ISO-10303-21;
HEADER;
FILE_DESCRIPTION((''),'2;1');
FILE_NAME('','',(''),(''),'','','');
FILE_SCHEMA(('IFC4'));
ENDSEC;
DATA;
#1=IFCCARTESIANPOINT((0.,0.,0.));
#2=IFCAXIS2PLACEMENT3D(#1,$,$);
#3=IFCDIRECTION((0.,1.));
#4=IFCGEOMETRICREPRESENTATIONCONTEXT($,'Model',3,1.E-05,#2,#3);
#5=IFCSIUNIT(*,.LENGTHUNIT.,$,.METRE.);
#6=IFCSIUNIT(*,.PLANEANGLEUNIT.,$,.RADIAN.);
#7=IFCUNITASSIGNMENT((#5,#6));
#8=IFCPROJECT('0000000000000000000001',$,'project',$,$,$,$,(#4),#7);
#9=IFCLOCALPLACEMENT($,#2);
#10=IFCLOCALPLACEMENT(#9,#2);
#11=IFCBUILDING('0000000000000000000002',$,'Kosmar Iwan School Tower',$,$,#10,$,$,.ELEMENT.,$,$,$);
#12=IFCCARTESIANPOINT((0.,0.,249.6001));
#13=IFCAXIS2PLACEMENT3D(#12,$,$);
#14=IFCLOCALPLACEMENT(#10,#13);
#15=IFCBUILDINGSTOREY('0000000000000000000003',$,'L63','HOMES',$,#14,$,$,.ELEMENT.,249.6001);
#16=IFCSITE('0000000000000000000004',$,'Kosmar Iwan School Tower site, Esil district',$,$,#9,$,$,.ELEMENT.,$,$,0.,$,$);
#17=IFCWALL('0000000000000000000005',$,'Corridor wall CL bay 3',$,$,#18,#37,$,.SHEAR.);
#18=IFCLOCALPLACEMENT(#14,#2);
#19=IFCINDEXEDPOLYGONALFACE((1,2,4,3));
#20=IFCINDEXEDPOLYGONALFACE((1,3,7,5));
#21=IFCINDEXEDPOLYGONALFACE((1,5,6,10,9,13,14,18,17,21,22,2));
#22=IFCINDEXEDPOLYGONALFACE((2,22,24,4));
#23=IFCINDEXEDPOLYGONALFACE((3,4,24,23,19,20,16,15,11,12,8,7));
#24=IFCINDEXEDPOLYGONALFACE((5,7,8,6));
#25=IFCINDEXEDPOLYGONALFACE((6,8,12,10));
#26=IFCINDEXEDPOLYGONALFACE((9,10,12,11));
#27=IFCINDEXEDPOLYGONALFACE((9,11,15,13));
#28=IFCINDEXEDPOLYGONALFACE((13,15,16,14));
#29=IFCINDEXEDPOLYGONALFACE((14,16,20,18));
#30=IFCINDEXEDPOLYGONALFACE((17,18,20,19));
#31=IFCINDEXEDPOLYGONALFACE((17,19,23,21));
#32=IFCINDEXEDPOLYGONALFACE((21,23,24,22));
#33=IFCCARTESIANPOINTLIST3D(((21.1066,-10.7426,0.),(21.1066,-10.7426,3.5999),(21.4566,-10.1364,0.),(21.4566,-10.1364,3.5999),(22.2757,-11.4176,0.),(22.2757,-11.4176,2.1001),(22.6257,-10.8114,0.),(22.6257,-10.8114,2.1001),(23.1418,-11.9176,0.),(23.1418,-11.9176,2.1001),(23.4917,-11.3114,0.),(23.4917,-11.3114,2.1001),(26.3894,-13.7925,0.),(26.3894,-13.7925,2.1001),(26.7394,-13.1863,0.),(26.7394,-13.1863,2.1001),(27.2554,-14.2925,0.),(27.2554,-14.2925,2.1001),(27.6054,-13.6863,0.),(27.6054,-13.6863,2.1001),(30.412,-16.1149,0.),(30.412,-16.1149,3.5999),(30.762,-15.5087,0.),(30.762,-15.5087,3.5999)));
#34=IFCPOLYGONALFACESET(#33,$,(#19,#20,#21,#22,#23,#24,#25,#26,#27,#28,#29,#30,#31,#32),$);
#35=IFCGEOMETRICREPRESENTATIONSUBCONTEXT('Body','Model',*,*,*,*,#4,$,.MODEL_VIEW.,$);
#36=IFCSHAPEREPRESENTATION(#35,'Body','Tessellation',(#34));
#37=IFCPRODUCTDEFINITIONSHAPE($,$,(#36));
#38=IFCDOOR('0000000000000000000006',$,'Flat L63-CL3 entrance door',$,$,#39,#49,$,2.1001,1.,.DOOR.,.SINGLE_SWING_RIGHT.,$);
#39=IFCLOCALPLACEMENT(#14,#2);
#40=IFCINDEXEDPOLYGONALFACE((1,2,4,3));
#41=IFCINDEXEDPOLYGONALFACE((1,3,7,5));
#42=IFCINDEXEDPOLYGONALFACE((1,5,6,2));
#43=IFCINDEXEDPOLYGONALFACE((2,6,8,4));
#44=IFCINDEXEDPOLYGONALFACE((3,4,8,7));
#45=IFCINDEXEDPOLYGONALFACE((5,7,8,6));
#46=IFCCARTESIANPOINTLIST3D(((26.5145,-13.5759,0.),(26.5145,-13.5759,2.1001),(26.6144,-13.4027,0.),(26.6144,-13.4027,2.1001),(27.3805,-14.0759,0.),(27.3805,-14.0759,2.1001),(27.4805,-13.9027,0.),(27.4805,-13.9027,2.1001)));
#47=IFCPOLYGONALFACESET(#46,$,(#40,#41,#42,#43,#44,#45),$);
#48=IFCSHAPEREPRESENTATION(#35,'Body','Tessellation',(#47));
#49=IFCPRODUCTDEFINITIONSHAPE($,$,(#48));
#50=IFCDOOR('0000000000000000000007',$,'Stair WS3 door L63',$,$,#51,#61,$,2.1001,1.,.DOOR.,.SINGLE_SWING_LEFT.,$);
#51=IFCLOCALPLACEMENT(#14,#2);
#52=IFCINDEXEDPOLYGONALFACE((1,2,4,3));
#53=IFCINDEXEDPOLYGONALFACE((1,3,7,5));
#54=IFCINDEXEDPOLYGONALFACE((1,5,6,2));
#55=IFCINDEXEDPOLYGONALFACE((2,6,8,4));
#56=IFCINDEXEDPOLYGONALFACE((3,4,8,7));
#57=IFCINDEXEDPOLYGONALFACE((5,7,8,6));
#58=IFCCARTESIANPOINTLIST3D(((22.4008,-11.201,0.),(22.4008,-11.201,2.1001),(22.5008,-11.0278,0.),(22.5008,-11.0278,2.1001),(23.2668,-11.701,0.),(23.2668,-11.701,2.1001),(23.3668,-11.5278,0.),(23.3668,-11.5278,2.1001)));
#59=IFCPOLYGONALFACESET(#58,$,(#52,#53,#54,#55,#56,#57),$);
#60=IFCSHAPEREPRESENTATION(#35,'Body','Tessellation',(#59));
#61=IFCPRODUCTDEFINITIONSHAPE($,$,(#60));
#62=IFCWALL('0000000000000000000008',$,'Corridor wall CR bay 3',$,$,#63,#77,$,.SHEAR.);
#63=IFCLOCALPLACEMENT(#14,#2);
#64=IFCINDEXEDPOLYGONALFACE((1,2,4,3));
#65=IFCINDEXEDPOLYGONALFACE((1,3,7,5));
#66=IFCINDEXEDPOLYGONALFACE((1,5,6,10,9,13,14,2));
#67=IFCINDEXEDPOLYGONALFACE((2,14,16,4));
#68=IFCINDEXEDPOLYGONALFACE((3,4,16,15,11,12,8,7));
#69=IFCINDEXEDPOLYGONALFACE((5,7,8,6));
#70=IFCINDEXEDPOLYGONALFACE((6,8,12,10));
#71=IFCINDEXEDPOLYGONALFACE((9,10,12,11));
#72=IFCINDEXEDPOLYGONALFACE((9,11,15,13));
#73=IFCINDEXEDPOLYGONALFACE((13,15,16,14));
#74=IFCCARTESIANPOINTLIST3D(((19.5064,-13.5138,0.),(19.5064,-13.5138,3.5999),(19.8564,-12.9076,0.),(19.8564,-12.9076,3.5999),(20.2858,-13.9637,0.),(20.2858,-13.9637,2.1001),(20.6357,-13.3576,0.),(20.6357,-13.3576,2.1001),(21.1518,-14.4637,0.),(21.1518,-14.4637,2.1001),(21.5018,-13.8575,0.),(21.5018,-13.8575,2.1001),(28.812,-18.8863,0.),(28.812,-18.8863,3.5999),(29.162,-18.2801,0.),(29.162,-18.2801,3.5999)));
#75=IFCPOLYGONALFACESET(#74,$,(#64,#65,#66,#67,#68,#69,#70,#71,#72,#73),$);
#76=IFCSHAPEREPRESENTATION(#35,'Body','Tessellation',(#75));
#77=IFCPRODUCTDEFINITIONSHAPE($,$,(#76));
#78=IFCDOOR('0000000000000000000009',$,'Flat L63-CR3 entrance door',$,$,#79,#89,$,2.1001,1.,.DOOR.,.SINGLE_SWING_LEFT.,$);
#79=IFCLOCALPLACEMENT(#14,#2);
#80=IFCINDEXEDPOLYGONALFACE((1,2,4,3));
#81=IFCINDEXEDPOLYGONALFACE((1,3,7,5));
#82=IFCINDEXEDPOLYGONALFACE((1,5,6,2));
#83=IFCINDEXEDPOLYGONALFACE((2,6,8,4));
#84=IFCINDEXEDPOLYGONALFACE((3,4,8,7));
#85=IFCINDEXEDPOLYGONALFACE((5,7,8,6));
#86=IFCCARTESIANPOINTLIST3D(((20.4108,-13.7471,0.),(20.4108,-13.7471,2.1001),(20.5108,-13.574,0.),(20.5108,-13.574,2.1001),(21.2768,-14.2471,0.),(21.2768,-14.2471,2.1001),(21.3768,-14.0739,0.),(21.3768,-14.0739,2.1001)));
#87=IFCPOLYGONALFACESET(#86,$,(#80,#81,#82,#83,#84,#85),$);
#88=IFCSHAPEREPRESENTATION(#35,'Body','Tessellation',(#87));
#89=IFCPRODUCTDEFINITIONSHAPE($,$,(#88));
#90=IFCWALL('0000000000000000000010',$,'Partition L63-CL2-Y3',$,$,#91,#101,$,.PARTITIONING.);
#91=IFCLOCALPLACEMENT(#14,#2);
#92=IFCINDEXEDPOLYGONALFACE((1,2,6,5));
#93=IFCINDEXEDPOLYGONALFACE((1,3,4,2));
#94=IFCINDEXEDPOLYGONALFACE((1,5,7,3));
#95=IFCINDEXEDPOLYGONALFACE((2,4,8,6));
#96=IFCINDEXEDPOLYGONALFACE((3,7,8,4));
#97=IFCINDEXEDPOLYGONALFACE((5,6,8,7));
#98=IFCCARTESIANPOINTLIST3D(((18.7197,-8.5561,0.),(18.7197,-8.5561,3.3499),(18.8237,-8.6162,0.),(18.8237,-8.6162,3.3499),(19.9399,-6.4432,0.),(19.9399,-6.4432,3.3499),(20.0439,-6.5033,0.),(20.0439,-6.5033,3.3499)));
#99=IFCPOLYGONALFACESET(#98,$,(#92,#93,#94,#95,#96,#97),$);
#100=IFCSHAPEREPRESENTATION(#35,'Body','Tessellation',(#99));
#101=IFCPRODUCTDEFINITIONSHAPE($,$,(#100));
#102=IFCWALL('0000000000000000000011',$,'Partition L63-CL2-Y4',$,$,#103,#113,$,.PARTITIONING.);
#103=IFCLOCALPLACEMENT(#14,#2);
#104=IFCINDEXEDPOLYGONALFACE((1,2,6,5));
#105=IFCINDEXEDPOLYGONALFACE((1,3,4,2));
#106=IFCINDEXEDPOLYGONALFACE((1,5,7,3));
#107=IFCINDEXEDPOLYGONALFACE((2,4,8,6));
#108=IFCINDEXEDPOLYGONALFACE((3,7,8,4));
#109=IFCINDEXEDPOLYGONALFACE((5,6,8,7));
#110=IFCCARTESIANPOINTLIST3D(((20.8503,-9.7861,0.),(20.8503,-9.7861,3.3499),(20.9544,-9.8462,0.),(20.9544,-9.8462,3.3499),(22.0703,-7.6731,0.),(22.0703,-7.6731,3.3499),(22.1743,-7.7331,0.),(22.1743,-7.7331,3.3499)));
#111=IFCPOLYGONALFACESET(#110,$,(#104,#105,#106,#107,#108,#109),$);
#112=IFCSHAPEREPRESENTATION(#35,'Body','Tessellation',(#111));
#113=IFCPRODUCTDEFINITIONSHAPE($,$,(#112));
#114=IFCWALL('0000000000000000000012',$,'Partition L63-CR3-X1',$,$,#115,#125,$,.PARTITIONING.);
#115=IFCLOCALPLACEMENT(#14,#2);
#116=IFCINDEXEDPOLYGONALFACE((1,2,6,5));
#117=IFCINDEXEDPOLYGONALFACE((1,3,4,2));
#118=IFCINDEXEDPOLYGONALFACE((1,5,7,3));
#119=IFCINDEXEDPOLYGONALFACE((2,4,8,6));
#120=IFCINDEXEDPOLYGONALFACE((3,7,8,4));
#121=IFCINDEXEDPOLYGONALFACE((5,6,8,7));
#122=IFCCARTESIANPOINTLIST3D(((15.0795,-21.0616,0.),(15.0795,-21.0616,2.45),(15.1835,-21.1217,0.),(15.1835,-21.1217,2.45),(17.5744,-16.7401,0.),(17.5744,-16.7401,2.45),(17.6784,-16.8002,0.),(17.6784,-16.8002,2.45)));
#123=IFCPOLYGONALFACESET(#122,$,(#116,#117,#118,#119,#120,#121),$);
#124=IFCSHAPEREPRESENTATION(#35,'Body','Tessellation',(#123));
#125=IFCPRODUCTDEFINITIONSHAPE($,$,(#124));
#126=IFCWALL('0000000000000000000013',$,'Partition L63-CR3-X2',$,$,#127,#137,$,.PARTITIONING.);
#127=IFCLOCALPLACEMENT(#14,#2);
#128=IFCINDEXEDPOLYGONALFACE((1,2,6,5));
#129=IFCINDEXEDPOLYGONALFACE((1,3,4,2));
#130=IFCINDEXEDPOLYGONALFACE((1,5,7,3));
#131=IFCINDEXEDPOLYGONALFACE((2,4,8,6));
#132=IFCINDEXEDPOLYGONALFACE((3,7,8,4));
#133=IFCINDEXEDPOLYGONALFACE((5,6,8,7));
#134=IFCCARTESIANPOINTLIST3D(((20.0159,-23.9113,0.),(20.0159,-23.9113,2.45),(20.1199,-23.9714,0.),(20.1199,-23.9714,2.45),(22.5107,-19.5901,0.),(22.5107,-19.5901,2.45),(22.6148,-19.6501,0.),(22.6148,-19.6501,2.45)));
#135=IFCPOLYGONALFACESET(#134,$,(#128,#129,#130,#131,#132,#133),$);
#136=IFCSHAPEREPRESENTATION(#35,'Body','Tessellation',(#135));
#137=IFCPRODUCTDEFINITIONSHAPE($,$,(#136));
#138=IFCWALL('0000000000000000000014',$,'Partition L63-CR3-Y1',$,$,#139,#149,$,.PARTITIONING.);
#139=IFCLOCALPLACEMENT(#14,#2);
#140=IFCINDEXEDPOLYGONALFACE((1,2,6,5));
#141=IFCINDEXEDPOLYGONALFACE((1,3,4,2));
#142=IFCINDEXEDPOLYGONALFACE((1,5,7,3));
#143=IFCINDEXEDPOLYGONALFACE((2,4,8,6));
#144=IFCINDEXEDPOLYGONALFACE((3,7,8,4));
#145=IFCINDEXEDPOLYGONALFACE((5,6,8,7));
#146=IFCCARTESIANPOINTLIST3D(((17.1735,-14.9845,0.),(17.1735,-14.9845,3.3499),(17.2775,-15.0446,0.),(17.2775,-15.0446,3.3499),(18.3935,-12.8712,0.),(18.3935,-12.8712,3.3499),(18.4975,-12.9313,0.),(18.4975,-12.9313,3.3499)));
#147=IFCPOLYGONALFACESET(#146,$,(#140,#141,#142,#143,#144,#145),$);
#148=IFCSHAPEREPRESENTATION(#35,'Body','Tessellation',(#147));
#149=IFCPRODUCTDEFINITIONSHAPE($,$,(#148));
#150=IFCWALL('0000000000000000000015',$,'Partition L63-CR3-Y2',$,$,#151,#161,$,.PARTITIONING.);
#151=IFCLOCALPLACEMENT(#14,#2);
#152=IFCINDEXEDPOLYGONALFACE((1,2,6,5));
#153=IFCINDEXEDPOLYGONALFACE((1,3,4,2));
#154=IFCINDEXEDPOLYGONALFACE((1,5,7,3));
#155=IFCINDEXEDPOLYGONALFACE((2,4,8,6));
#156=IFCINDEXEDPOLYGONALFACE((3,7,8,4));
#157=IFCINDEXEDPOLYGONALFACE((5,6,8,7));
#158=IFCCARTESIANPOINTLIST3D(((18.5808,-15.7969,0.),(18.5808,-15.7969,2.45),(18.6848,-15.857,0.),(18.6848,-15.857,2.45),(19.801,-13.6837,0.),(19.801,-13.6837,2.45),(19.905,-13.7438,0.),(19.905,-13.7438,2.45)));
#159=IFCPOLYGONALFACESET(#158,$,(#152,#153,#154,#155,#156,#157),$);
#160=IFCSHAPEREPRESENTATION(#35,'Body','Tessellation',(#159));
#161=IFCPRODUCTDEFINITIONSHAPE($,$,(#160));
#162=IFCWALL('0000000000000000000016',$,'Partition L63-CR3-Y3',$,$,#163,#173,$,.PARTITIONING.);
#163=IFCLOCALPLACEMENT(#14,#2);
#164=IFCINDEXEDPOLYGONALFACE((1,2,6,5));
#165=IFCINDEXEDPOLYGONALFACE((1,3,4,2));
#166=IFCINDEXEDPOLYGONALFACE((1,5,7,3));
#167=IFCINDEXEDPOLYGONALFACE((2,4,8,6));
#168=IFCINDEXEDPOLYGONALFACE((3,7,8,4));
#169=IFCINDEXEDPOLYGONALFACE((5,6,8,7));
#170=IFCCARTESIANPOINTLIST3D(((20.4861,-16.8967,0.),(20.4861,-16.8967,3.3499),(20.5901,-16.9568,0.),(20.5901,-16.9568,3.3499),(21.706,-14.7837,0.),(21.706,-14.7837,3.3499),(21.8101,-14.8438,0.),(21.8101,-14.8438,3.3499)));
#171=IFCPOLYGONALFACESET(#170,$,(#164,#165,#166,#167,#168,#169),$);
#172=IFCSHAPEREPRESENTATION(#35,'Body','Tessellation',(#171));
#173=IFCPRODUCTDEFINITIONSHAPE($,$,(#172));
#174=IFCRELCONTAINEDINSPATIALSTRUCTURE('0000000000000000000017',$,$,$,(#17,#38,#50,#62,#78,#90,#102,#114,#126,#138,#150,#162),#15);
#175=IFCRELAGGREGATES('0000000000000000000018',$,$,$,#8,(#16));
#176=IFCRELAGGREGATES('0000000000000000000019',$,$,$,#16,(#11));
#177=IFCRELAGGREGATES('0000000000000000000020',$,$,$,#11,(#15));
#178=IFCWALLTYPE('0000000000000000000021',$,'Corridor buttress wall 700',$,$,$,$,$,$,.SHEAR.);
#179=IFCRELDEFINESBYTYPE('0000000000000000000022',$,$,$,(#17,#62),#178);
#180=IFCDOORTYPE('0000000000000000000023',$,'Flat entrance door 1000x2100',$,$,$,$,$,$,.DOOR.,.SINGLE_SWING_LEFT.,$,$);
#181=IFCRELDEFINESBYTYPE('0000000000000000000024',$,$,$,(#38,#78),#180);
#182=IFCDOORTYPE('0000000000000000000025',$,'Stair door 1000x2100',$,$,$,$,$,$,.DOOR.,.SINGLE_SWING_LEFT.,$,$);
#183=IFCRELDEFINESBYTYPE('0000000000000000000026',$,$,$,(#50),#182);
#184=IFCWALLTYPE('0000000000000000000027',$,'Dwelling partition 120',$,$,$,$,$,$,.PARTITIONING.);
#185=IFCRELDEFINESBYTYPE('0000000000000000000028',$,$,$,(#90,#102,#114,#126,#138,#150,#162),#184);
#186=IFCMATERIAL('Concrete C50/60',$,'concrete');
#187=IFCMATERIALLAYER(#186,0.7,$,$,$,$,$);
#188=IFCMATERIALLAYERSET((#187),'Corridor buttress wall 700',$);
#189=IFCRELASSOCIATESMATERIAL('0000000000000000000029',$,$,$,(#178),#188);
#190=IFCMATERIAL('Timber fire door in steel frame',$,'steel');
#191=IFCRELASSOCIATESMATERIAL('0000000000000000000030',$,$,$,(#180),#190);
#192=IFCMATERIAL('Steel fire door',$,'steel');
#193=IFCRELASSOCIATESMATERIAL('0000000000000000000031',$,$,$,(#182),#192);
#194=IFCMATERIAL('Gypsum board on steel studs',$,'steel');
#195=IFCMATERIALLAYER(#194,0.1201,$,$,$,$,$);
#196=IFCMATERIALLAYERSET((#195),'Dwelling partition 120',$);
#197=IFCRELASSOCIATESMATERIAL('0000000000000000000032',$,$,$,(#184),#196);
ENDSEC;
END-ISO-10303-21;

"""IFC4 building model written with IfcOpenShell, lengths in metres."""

from ifc_helpers import new_model, si_unit, direction, frame, frame_2d, origin, place, context, subcontext, project, spatial, rectangle, extrude, material, layer, layer_set, type_object, element, fill, save


model = new_model("IFC4")

# Units and contexts
model_context = context("Model", 3, precision=1e-05, world=origin(), true_north=direction((0.0, 1.0)))
body_context = subcontext(model_context, "Body", "Model", "MODEL_VIEW")
ifc_project = project(units=[si_unit("LENGTHUNIT", "METRE"), si_unit("PLANEANGLEUNIT", "RADIAN")], contexts=[model_context])

# Site, building, storey
site_placement = place(None, origin())
site = spatial("IfcSite", under=ifc_project, at=site_placement, Name="Kosmar Iwan School Tower site, Esil district", CompositionType="ELEMENT", RefElevation=0.0)
building_placement = place(site_placement, origin())
building = spatial("IfcBuilding", under=site, at=building_placement, Name="Kosmar Iwan School Tower", CompositionType="ELEMENT")
storey_placement = place(building_placement, frame((0.0, 0.0, 249.6001)))
storey = spatial("IfcBuildingStorey", under=building, at=storey_placement, Name="L63", Description="HOMES", CompositionType="ELEMENT", Elevation=249.6001)

# Wall, openings, doors
ifc_material_1 = material(Name="Concrete C50/60", Category="concrete")
ifc_layer_1 = layer(ifc_material_1, 0.7)
ifc_layer_set_1 = layer_set([ifc_layer_1], Name="Corridor buttress wall 700")
wall_type_1 = type_object("IfcWallType", Name="Corridor buttress wall 700", PredefinedType="SHEAR", material=ifc_layer_set_1)
wall_1_placement = place(storey_placement, frame((21.2815, -10.4395, 0.0), z_axis=(0.0, 0.0, 1.0), x_axis=(0.866032, -0.499988, 0.0)))
wall_1 = element("IfcWall", 1, at=wall_1_placement, inside=storey, type_object=wall_type_1, Name="Corridor wall CL bay 3", PredefinedType="SHEAR", context=body_context, shape_type="SweptSolid", body=[
    extrude(rectangle(XDim=10.7449, YDim=0.7, at=frame_2d((5.3726, 0.0))), origin(), (0.0, 0.0, 1.0), 3.5999),
])
opening_1_placement = place(wall_1_placement, frame((6.1001, 0.0, 0.0)))
opening_1 = element("IfcOpeningElement", 2, at=opening_1_placement, cuts=wall_1, PredefinedType="OPENING", context=body_context, shape_type="SweptSolid", body=[
    extrude(rectangle(XDim=1.0, YDim=2.1001, at=frame_2d((0.5, 1.05))), frame((0.0, 0.3621, 0.0), z_axis=(0.0, -1.0, 0.0), x_axis=(1.0, 0.0, 0.0)), (0.0, 0.0, 1.0), 0.7239),
])
opening_2_placement = place(wall_1_placement, frame((1.3501, 0.0, 0.0)))
opening_2 = element("IfcOpeningElement", 3, at=opening_2_placement, cuts=wall_1, PredefinedType="OPENING", context=body_context, shape_type="SweptSolid", body=[
    extrude(rectangle(XDim=1.0, YDim=2.1001, at=frame_2d((0.5, 1.05))), frame((0.0, 0.3621, 0.0), z_axis=(0.0, -1.0, 0.0), x_axis=(1.0, 0.0, 0.0)), (0.0, 0.0, 1.0), 0.7239),
])
ifc_material_2 = material(Name="Timber fire door in steel frame", Category="steel")
door_type_1 = type_object("IfcDoorType", Name="Flat entrance door 1000x2100", OperationType="SINGLE_SWING_LEFT", PredefinedType="DOOR", material=ifc_material_2)
door_1_placement = place(opening_1_placement, origin())
door_1 = element("IfcDoor", 4, at=door_1_placement, inside=storey, type_object=door_type_1, Name="Flat L63-CL3 entrance door", OperationType="SINGLE_SWING_RIGHT", OverallHeight=2.1001, OverallWidth=1.0, PredefinedType="DOOR", context=body_context, shape_type="SweptSolid", body=[
    extrude(rectangle(XDim=1.0, YDim=2.1001, at=frame_2d((0.5, 1.05))), frame((0.0, 0.1001, 0.0), z_axis=(0.0, -1.0, 0.0), x_axis=(1.0, 0.0, 0.0)), (0.0, 0.0, 1.0), 0.2),
])
fill(opening_1, door_1)
ifc_material_3 = material(Name="Steel fire door", Category="steel")
door_type_2 = type_object("IfcDoorType", Name="Stair door 1000x2100", OperationType="SINGLE_SWING_LEFT", PredefinedType="DOOR", material=ifc_material_3)
door_2_placement = place(opening_2_placement, origin())
door_2 = element("IfcDoor", 5, at=door_2_placement, inside=storey, type_object=door_type_2, Name="Stair WS3 door L63", OperationType="SINGLE_SWING_LEFT", OverallHeight=2.1001, OverallWidth=1.0, PredefinedType="DOOR", context=body_context, shape_type="SweptSolid", body=[
    extrude(rectangle(XDim=1.0, YDim=2.1001, at=frame_2d((0.5, 1.05))), frame((0.0, 0.1001, 0.0), z_axis=(0.0, -1.0, 0.0), x_axis=(1.0, 0.0, 0.0)), (0.0, 0.0, 1.0), 0.2),
])
fill(opening_2, door_2)

# Wall, opening, door
wall_2_placement = place(storey_placement, frame((19.6814, -13.2107, 0.0), z_axis=(0.0, 0.0, 1.0), x_axis=(0.866028, -0.499995, 0.0)))
wall_2 = element("IfcWall", 6, at=wall_2_placement, inside=storey, type_object=wall_type_1, Name="Corridor wall CR bay 3", PredefinedType="SHEAR", context=body_context, shape_type="SweptSolid", body=[
    extrude(rectangle(XDim=10.7451, YDim=0.7, at=frame_2d((5.3726, 0.0))), origin(), (0.0, 0.0, 1.0), 3.5999),
])
opening_3_placement = place(wall_2_placement, frame((0.8999, 0.0, 0.0)))
opening_3 = element("IfcOpeningElement", 7, at=opening_3_placement, cuts=wall_2, PredefinedType="OPENING", context=body_context, shape_type="SweptSolid", body=[
    extrude(rectangle(XDim=1.0, YDim=2.1001, at=frame_2d((0.5, 1.05))), frame((0.0, 0.3621, 0.0), z_axis=(0.0, -1.0, 0.0), x_axis=(1.0, 0.0, 0.0)), (0.0, 0.0, 1.0), 0.7239),
])
door_3_placement = place(opening_3_placement, origin())
door_3 = element("IfcDoor", 8, at=door_3_placement, inside=storey, type_object=door_type_1, Name="Flat L63-CR3 entrance door", OperationType="SINGLE_SWING_LEFT", OverallHeight=2.1001, OverallWidth=1.0, PredefinedType="DOOR", context=body_context, shape_type="SweptSolid", body=[
    extrude(rectangle(XDim=1.0, YDim=2.1001, at=frame_2d((0.5, 1.05))), frame((0.0, 0.1001, 0.0), z_axis=(0.0, -1.0, 0.0), x_axis=(1.0, 0.0, 0.0)), (0.0, 0.0, 1.0), 0.2),
])
fill(opening_3, door_3)

# Walls
ifc_material_4 = material(Name="Gypsum board on steel studs", Category="steel")
ifc_layer_2 = layer(ifc_material_4, 0.1201)
ifc_layer_set_2 = layer_set([ifc_layer_2], Name="Dwelling partition 120")
wall_type_2 = type_object("IfcWallType", Name="Dwelling partition 120", PredefinedType="PARTITIONING", material=ifc_layer_set_2)
for number, where, z_axis, x_axis, name in (
    (9, (18.7717, -8.5862, 0.0), (0.0, 0.0, 1.0), (0.500078, 0.865981, 0.0), "Partition L63-CL2-Y3"),
    (10, (20.9023, -9.8162, 0.0), (0.0, 0.0, 1.0), (0.500003, 0.866024, 0.0), "Partition L63-CL2-Y4"),
):
    element("IfcWall", number, at=place(storey_placement, frame(where, z_axis=z_axis, x_axis=x_axis)), inside=storey, type_object=wall_type_2, Name=name, PredefinedType="PARTITIONING", context=body_context, shape_type="SweptSolid", body=[
        extrude(rectangle(XDim=2.4399, YDim=0.1201, at=frame_2d((1.22, 0.0))), origin(), (0.0, 0.0, 1.0), 3.3499),
    ])
wall_3_placement = place(storey_placement, frame((17.6265, -16.77, 0.0), z_axis=(0.0, 0.0, 1.0), x_axis=(-0.499975, -0.86604, 0.0)))
element("IfcWall", 11, at=wall_3_placement, inside=storey, type_object=wall_type_2, Name="Partition L63-CR3-X1", PredefinedType="PARTITIONING", context=body_context, shape_type="SweptSolid", body=[
    extrude(rectangle(XDim=4.99, YDim=0.1201, at=frame_2d((2.4951, 0.0))), origin(), (0.0, 0.0, 1.0), 2.45),
])
wall_4_placement = place(storey_placement, frame((22.5627, -19.6201, 0.0), z_axis=(0.0, 0.0, 1.0), x_axis=(-0.499996, -0.866028, 0.0)))
element("IfcWall", 12, at=wall_4_placement, inside=storey, type_object=wall_type_2, Name="Partition L63-CR3-X2", PredefinedType="PARTITIONING", context=body_context, shape_type="SweptSolid", body=[
    extrude(rectangle(XDim=4.9897, YDim=0.1201, at=frame_2d((2.4949, 0.0))), origin(), (0.0, 0.0, 1.0), 2.45),
])
wall_5_placement = place(storey_placement, frame((18.4456, -12.9011, 0.0), z_axis=(0.0, 0.0, 1.0), x_axis=(-0.499959, -0.866049, 0.0)))
element("IfcWall", 13, at=wall_5_placement, inside=storey, type_object=wall_type_2, Name="Partition L63-CR3-Y1", PredefinedType="PARTITIONING", context=body_context, shape_type="SweptSolid", body=[
    extrude(rectangle(XDim=2.4402, YDim=0.1201, at=frame_2d((1.2202, 0.0))), origin(), (0.0, 0.0, 1.0), 3.3499),
])
wall_6_placement = place(storey_placement, frame((19.853, -13.7136, 0.0), z_axis=(0.0, 0.0, 1.0), x_axis=(-0.500034, -0.866006, 0.0)))
element("IfcWall", 14, at=wall_6_placement, inside=storey, type_object=wall_type_2, Name="Partition L63-CR3-Y2", PredefinedType="PARTITIONING", context=body_context, shape_type="SweptSolid", body=[
    extrude(rectangle(XDim=2.4402, YDim=0.1201, at=frame_2d((1.2202, 0.0))), origin(), (0.0, 0.0, 1.0), 2.45),
])
wall_7_placement = place(storey_placement, frame((21.7581, -14.8137, 0.0), z_axis=(0.0, 0.0, 1.0), x_axis=(-0.500003, -0.866024, 0.0)))
element("IfcWall", 15, at=wall_7_placement, inside=storey, type_object=wall_type_2, Name="Partition L63-CR3-Y3", PredefinedType="PARTITIONING", context=body_context, shape_type="SweptSolid", body=[
    extrude(rectangle(XDim=2.4399, YDim=0.1201, at=frame_2d((1.22, 0.0))), origin(), (0.0, 0.0, 1.0), 3.3499),
])

save(model, "model.ifc")
